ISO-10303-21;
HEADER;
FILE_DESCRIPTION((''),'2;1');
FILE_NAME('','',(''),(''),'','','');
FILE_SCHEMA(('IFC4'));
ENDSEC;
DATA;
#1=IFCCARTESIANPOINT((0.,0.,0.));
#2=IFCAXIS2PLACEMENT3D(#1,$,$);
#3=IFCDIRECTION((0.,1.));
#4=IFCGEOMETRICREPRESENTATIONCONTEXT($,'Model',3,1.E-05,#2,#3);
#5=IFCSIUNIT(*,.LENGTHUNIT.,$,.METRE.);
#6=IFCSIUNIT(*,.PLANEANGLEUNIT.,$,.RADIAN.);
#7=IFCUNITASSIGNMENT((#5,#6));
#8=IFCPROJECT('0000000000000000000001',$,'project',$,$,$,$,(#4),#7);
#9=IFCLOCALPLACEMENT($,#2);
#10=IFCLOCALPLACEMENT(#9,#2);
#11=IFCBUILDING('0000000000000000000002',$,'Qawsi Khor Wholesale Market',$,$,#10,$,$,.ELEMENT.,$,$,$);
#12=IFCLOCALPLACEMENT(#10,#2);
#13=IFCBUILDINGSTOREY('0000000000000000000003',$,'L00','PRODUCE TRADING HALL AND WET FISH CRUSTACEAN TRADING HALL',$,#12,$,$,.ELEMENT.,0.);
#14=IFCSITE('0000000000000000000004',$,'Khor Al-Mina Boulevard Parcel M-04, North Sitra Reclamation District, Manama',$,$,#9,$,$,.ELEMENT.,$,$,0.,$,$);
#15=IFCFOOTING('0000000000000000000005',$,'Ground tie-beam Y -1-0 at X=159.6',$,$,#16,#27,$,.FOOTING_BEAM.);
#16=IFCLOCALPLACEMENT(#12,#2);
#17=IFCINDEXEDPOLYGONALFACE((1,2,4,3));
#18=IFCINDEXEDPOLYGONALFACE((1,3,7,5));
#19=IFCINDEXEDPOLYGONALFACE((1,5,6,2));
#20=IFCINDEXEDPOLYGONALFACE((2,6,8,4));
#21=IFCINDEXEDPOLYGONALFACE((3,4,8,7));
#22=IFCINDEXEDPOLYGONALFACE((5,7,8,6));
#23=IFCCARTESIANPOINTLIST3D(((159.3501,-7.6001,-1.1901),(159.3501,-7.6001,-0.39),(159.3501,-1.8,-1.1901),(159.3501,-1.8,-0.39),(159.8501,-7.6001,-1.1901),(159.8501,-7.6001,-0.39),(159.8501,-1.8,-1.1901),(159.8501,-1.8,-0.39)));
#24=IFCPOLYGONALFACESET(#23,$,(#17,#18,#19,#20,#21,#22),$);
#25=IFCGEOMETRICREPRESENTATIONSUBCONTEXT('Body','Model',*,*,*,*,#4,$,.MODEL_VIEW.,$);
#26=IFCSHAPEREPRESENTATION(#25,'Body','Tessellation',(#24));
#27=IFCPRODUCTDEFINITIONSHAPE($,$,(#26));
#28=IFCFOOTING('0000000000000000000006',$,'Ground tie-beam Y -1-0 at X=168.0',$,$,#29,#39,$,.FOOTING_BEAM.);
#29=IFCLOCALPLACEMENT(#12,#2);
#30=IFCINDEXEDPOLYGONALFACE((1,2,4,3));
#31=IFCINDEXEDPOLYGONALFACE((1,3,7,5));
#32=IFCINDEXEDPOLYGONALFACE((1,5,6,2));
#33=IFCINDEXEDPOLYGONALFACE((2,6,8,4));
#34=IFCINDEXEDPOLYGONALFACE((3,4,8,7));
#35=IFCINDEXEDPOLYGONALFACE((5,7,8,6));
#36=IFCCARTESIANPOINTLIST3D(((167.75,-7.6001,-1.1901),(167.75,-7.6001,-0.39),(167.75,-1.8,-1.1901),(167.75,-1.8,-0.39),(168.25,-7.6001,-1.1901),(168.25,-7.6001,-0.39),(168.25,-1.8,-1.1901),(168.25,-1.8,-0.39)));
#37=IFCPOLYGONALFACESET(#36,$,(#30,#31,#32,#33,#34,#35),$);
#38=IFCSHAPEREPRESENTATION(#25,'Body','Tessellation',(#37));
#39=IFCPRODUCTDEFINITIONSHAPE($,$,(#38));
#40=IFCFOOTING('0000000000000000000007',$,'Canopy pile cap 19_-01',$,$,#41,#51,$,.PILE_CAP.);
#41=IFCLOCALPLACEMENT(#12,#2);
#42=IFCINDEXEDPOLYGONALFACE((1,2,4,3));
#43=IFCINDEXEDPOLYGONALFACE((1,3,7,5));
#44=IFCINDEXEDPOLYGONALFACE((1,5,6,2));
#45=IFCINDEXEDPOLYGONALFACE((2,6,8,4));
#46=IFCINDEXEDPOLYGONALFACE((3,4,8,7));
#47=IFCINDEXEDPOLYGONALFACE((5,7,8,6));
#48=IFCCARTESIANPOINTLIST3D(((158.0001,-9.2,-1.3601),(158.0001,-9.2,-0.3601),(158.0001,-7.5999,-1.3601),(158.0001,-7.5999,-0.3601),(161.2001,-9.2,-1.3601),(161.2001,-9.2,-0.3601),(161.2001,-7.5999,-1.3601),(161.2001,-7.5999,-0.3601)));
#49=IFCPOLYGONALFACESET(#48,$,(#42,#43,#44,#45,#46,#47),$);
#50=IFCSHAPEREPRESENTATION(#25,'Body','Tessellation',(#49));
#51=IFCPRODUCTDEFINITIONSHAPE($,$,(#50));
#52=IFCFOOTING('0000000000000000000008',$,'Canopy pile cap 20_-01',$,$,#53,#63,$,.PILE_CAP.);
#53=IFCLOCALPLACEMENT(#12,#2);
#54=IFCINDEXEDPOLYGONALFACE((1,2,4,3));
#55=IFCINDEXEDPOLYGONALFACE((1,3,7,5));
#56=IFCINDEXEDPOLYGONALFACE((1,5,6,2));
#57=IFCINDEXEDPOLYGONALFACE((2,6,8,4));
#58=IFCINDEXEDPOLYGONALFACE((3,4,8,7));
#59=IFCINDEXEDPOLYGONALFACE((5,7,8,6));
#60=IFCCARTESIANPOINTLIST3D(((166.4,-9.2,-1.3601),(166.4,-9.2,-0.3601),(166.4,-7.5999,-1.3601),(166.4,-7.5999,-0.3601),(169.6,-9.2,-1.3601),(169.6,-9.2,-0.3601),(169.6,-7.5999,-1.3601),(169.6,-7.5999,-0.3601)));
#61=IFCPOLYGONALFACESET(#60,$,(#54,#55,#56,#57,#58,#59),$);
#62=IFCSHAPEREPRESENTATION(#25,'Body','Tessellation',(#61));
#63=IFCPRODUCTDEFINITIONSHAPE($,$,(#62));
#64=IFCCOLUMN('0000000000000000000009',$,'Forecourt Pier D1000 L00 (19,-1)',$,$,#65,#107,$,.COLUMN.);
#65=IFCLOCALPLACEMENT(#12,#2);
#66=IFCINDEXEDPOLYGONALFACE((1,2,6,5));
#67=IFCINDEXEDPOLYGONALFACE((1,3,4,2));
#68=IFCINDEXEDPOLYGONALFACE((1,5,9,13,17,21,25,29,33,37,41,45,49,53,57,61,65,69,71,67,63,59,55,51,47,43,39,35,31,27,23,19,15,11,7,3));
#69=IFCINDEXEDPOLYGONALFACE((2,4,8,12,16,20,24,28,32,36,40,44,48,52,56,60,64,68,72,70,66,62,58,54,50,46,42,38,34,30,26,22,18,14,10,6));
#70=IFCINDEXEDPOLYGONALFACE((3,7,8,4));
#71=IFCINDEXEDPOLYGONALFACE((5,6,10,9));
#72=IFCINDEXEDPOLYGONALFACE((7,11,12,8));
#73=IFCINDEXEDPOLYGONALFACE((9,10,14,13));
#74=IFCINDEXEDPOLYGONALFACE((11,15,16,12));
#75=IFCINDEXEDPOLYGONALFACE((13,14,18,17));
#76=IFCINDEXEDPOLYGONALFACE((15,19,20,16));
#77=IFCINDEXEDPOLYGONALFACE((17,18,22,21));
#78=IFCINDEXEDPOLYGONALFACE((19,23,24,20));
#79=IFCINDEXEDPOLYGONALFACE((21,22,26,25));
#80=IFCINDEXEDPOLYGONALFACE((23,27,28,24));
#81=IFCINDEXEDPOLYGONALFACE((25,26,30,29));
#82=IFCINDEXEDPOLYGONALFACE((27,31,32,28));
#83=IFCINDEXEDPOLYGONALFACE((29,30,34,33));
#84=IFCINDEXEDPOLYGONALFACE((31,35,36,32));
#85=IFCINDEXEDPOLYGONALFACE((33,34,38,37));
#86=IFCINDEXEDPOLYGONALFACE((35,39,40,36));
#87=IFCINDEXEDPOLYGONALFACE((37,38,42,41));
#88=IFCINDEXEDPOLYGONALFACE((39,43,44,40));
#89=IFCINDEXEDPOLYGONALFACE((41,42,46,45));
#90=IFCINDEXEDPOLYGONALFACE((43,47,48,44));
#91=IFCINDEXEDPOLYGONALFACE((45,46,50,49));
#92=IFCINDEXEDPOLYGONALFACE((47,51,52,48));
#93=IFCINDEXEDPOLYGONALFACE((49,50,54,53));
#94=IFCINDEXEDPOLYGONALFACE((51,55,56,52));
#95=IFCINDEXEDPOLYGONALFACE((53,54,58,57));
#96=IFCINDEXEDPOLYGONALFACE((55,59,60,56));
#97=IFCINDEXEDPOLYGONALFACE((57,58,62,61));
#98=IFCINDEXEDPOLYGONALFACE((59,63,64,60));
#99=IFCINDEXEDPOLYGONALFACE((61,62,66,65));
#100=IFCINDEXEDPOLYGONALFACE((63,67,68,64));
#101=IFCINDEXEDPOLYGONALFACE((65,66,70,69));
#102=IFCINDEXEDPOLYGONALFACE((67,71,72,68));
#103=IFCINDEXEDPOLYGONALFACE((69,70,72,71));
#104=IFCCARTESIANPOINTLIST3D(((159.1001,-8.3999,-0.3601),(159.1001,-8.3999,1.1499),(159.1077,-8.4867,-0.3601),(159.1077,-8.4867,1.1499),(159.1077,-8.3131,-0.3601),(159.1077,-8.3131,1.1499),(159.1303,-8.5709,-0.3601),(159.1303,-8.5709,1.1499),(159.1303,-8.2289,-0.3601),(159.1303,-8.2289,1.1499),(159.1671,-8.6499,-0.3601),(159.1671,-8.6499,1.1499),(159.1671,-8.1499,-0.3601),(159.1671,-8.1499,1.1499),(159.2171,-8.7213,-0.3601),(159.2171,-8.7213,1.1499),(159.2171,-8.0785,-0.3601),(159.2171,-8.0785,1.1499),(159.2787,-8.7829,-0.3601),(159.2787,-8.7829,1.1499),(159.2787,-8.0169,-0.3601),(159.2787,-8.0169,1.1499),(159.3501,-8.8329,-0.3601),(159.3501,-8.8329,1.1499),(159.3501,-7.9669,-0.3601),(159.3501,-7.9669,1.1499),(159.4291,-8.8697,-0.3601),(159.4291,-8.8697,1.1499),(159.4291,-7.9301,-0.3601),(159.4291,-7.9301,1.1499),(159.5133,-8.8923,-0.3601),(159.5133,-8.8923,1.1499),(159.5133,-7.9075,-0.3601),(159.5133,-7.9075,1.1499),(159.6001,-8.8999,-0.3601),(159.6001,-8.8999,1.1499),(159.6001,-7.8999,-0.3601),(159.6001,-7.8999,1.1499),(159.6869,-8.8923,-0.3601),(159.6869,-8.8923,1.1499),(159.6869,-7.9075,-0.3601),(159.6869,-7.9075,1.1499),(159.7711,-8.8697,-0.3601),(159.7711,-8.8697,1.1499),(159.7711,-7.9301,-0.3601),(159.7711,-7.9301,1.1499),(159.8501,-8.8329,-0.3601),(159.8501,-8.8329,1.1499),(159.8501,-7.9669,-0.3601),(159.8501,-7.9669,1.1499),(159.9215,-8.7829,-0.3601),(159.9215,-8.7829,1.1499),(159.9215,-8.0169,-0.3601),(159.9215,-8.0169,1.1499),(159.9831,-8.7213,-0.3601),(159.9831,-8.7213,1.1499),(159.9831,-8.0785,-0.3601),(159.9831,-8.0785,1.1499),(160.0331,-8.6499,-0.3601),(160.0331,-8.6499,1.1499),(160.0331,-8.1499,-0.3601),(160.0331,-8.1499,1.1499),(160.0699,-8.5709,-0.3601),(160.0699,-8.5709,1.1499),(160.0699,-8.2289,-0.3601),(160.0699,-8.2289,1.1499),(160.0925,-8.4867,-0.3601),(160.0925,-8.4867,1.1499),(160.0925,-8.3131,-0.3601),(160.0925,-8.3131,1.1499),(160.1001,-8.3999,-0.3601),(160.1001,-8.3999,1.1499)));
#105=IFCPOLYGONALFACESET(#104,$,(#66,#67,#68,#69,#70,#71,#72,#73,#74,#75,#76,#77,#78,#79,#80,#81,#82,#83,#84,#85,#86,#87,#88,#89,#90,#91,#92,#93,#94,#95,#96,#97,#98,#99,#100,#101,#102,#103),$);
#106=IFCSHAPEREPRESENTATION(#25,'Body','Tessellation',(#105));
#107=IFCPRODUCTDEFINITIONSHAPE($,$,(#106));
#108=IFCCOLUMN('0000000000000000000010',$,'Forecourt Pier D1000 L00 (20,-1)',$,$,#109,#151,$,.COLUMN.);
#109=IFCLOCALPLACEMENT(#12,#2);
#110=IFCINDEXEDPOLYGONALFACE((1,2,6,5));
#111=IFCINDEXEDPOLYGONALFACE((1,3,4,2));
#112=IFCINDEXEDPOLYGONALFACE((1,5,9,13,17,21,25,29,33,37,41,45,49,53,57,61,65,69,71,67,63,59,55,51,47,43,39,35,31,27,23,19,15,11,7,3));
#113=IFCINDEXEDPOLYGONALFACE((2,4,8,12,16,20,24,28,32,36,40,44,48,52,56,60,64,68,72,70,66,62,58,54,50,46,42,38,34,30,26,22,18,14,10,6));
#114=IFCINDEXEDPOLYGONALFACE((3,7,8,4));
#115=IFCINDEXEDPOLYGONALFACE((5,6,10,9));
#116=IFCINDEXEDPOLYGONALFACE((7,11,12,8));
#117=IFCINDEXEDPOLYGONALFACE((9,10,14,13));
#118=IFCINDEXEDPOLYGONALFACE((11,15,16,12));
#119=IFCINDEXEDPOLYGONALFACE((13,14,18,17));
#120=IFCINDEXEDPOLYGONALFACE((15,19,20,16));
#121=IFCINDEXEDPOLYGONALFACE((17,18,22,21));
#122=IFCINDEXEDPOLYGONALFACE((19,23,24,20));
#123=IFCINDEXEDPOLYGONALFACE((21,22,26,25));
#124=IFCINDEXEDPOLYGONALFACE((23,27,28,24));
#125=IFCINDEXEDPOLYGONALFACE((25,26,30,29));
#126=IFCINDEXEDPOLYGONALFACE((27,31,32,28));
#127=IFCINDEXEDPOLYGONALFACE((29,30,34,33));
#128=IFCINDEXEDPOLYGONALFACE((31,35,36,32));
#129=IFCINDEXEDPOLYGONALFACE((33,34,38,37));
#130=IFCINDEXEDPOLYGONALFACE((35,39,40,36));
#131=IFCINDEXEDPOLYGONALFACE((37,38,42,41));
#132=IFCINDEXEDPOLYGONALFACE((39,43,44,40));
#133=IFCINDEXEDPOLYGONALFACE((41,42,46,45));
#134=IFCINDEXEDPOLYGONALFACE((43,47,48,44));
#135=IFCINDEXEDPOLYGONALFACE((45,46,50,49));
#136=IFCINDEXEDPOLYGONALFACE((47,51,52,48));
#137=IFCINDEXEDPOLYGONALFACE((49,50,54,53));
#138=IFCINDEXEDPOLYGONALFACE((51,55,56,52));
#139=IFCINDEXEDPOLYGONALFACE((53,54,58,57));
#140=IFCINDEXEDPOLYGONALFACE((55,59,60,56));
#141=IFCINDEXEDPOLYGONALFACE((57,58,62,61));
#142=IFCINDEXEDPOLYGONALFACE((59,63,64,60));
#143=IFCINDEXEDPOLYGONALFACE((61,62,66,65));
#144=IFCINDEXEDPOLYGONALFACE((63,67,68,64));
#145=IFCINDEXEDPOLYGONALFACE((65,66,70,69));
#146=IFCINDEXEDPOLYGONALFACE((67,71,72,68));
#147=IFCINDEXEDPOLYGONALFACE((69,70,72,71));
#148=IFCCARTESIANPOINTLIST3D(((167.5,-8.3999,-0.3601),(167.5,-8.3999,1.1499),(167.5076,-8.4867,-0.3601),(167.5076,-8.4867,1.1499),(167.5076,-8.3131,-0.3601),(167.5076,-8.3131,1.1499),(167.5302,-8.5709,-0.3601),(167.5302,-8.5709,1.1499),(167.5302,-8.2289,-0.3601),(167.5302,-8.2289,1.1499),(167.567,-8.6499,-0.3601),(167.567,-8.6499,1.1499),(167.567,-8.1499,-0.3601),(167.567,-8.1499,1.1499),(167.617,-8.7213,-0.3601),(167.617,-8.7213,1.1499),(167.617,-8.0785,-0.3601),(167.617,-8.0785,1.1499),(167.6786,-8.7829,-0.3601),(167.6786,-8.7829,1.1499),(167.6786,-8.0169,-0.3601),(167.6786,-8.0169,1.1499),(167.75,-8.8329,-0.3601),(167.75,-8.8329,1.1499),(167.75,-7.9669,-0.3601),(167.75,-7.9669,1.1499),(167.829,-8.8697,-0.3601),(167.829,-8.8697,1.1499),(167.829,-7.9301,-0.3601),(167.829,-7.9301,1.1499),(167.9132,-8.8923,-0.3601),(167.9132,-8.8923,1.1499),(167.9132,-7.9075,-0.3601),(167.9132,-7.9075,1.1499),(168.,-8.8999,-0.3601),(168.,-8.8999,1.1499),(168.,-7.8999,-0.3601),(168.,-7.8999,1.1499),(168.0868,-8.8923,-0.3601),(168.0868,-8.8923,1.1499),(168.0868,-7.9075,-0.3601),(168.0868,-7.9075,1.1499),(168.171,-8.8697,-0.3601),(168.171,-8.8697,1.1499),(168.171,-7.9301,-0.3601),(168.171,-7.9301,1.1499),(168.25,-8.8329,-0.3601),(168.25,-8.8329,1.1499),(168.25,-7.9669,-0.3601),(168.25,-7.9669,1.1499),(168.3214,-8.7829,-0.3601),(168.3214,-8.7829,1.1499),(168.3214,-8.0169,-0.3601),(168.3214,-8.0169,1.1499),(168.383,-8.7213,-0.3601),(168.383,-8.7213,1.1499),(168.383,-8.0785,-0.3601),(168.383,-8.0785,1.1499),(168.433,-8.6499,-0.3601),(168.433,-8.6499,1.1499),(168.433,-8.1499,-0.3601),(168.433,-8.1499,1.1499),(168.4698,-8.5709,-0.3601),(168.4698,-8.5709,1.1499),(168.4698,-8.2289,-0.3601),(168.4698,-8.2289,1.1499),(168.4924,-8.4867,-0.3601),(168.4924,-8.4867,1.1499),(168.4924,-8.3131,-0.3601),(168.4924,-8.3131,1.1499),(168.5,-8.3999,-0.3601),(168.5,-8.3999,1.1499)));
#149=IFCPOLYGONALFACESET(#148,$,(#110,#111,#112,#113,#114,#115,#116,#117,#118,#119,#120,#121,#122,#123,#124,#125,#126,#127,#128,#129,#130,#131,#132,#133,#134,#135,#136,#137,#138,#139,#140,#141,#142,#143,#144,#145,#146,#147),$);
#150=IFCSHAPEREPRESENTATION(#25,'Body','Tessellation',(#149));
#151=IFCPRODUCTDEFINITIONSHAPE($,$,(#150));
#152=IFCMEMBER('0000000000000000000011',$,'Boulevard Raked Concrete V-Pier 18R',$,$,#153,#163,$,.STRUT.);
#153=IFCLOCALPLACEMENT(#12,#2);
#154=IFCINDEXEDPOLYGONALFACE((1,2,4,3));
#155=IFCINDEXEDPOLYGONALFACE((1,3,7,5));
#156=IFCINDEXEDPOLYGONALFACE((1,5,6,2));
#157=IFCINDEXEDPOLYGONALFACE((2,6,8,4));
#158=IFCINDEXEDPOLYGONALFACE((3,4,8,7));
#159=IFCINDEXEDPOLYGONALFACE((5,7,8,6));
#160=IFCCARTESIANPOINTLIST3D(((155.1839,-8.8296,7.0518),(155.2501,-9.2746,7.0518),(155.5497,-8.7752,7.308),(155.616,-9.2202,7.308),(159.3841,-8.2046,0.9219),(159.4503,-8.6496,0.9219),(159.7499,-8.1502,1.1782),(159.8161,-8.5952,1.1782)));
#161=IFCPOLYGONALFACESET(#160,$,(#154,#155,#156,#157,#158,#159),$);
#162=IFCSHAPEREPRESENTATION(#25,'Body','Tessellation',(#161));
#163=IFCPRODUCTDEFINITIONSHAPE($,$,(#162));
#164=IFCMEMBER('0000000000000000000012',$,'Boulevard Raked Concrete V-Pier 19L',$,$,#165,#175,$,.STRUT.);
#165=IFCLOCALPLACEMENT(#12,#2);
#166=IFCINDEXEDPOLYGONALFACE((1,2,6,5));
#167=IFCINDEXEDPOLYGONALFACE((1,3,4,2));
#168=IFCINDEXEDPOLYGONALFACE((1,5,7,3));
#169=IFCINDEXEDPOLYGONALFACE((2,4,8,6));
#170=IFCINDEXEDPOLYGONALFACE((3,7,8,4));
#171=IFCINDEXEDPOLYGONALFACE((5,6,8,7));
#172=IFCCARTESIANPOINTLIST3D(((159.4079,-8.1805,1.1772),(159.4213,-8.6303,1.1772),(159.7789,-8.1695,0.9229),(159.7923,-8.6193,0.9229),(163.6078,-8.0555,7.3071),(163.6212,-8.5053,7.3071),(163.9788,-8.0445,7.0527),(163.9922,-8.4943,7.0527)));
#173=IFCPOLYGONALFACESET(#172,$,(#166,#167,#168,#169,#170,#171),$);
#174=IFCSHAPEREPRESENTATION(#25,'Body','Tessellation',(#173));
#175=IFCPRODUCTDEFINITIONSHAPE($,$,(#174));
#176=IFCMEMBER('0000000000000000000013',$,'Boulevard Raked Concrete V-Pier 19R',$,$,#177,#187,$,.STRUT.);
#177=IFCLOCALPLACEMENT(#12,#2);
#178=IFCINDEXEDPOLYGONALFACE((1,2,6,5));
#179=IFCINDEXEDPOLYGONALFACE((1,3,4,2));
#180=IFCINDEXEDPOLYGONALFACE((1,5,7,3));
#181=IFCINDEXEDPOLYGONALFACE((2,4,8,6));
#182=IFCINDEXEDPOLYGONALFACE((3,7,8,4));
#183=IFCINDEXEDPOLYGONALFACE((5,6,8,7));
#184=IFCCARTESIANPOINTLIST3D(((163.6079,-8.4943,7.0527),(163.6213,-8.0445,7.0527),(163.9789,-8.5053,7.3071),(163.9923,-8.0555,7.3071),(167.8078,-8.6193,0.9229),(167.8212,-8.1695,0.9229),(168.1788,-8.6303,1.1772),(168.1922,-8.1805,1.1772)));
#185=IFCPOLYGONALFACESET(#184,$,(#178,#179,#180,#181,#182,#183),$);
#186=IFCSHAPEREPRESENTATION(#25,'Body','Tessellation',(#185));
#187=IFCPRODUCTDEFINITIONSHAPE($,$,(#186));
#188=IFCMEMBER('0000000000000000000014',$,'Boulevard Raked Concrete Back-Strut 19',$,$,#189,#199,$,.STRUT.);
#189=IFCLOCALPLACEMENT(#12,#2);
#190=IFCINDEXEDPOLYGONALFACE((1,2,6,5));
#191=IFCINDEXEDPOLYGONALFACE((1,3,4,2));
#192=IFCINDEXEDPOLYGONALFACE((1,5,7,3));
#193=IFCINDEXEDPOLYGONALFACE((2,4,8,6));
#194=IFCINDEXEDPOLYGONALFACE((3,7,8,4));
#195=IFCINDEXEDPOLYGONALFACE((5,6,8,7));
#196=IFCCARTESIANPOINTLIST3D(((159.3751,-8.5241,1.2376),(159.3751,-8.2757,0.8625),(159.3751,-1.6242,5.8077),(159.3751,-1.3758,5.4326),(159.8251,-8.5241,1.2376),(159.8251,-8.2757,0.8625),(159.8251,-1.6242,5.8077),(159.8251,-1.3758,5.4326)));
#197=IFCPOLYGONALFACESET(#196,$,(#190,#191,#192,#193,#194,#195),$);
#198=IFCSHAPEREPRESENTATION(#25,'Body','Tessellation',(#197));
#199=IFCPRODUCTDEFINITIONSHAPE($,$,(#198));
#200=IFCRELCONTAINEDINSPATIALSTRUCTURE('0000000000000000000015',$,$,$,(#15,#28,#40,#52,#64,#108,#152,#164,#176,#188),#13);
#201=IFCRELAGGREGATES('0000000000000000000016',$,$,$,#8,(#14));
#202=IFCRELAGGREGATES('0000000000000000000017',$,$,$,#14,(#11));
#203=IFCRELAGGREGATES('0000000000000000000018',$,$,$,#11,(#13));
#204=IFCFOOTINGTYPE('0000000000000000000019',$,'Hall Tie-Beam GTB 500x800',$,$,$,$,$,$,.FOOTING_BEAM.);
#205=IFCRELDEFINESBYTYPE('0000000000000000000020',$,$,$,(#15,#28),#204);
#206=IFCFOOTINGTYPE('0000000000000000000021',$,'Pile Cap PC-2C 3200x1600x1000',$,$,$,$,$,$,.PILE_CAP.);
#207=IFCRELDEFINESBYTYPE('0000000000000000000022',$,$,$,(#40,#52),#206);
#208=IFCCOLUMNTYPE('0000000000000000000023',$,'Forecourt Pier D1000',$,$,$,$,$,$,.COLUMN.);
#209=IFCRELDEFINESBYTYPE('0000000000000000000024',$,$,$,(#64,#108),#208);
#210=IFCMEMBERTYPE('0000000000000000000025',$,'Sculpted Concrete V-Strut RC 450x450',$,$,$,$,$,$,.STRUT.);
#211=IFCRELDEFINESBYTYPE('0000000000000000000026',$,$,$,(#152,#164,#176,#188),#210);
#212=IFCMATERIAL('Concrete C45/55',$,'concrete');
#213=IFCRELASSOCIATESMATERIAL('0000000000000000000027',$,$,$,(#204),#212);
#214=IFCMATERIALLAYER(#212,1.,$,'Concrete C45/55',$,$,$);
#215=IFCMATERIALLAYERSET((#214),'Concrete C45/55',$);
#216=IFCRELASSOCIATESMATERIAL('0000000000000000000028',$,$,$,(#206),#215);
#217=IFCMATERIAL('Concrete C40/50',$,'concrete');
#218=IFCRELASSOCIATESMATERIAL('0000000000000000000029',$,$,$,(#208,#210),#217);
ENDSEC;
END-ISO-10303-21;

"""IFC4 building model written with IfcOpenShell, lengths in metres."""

from ifc_helpers import new_model, si_unit, direction, frame, origin, origin_2d, place, context, subcontext, project, spatial, rectangle, circle, extrude, material, layer, layer_set, material_profile, profile_set, type_object, element, save


model = new_model("IFC4")

# Units and contexts
model_context = context("Model", 3, precision=1e-05, world=origin(), true_north=direction((0.0, 1.0)))
body_context = subcontext(model_context, "Body", "Model", "MODEL_VIEW")
ifc_project = project(units=[si_unit("LENGTHUNIT", "METRE"), si_unit("PLANEANGLEUNIT", "RADIAN")], contexts=[model_context])

# Site, building, storey
site_placement = place(None, origin())
site = spatial("IfcSite", under=ifc_project, at=site_placement, Name="Khor Al-Mina Boulevard Parcel M-04, North Sitra Reclamation District, Manama", CompositionType="ELEMENT", RefElevation=0.0)
building_placement = place(site_placement, origin())
building = spatial("IfcBuilding", under=site, at=building_placement, Name="Qawsi Khor Wholesale Market", CompositionType="ELEMENT")
storey_placement = place(building_placement, origin())
storey = spatial("IfcBuildingStorey", under=building, at=storey_placement, Name="L00", Description="PRODUCE TRADING HALL AND WET FISH CRUSTACEAN TRADING HALL", CompositionType="ELEMENT", Elevation=0.0)

# Shared definitions
ifc_material_1 = material(Name="Concrete C45/55", Category="concrete")

# Footings
ifc_material_profile_1 = material_profile(ifc_material_1, rectangle(XDim=0.5, YDim=0.8, at=origin_2d()), Name="RC 500x800")
ifc_profile_set_1 = profile_set([ifc_material_profile_1], Name="Concrete C45/55")
footing_type_1 = type_object("IfcFootingType", Name="Hall Tie-Beam GTB 500x800", PredefinedType="FOOTING_BEAM", material=ifc_profile_set_1)
for number, where, z_axis, x_axis, name in (
    (1, (159.6001, -7.6001, -0.79), (0.0, 1.0, 0.0), (-1.0, 0.0, 0.0), "Ground tie-beam Y -1-0 at X=159.6"),
    (2, (168.0, -7.6001, -0.79), (0.0, 1.0, 0.0), (-1.0, 0.0, 0.0), "Ground tie-beam Y -1-0 at X=168.0"),
):
    element("IfcFooting", number, at=place(storey_placement, frame(where, z_axis=z_axis, x_axis=x_axis)), inside=storey, type_object=footing_type_1, Name=name, PredefinedType="FOOTING_BEAM", context=body_context, shape_type="SweptSolid", body=[
        extrude(rectangle(XDim=0.5, YDim=0.8, at=origin_2d()), origin(), (0.0, 0.0, 1.0), 5.8),
    ])
ifc_layer_1 = layer(ifc_material_1, 1.0, Name="Concrete C45/55")
ifc_layer_set_1 = layer_set([ifc_layer_1], Name="Concrete C45/55")
footing_type_2 = type_object("IfcFootingType", Name="Pile Cap PC-2C 3200x1600x1000", PredefinedType="PILE_CAP", material=ifc_layer_set_1)
for number, where, z_axis, x_axis, name in (
    (3, (159.6001, -8.3999, -1.3601), (0.0, 0.0, 1.0), (1.0, 0.0, 0.0), "Canopy pile cap 19_-01"),
    (4, (168.0, -8.3999, -1.3601), (0.0, 0.0, 1.0), (1.0, 0.0, 0.0), "Canopy pile cap 20_-01"),
):
    element("IfcFooting", number, at=place(storey_placement, frame(where, z_axis=z_axis, x_axis=x_axis)), inside=storey, type_object=footing_type_2, Name=name, PredefinedType="PILE_CAP", context=body_context, shape_type="SweptSolid", body=[
        extrude(rectangle(XDim=3.2, YDim=1.6001, at=origin_2d()), origin(), (0.0, 0.0, 1.0), 1.0),
    ])

# Columns
ifc_material_2 = material(Name="Concrete C40/50", Category="concrete")
ifc_material_profile_2 = material_profile(ifc_material_2, circle(Radius=0.5, at=origin_2d()), Name="RC COL D1000")
ifc_profile_set_2 = profile_set([ifc_material_profile_2], Name="Concrete C40/50")
column_type = type_object("IfcColumnType", Name="Forecourt Pier D1000", PredefinedType="COLUMN", material=ifc_profile_set_2)
for number, where, z_axis, x_axis, name in (
    (5, (159.6001, -8.3999, -0.3601), (0.0, 0.0, 1.0), (1.0, 0.0, 0.0), "Forecourt Pier D1000 L00 (19,-1)"),
    (6, (168.0, -8.3999, -0.3601), (0.0, 0.0, 1.0), (1.0, 0.0, 0.0), "Forecourt Pier D1000 L00 (20,-1)"),
):
    element("IfcColumn", number, at=place(storey_placement, frame(where, z_axis=z_axis, x_axis=x_axis)), inside=storey, type_object=column_type, Name=name, PredefinedType="COLUMN", context=body_context, shape_type="SweptSolid", body=[
        extrude(circle(Radius=0.5, at=origin_2d()), origin(), (0.0, 0.0, 1.0), 1.51),
    ])

# Members
ifc_material_profile_3 = material_profile(ifc_material_2, rectangle(XDim=0.45, YDim=0.45, at=origin_2d()), Name="RC 450x450")
ifc_profile_set_3 = profile_set([ifc_material_profile_3], Name="Concrete C40/50")
member_type = type_object("IfcMemberType", Name="Sculpted Concrete V-Strut RC 450x450", PredefinedType="STRUT", material=ifc_profile_set_3)
member_1_placement = place(storey_placement, frame((159.6001, -8.3999, 1.05), z_axis=(-0.563251, -0.083813, 0.822024), x_axis=(0.147182, -0.989109, 0.0)))
element("IfcMember", 7, at=member_1_placement, inside=storey, type_object=member_type, Name="Boulevard Raked Concrete V-Pier 18R", PredefinedType="STRUT", context=body_context, shape_type="SweptSolid", body=[
    extrude(rectangle(XDim=0.45, YDim=0.45, at=origin_2d()), origin(), (0.0, 0.0, 1.0), 7.457),
])
for number, where, z_axis, x_axis, name in (
    (8, (159.6001, -8.3999, 1.05), (0.565137, 0.01682, 0.824825), (-0.029749, 0.999557, 0.0), "Boulevard Raked Concrete V-Pier 19L"),
    (9, (168.0, -8.3999, 1.05), (-0.565137, 0.01682, 0.824825), (-0.029749, -0.999557, 0.0), "Boulevard Raked Concrete V-Pier 19R"),
):
    element("IfcMember", number, at=place(storey_placement, frame(where, z_axis=z_axis, x_axis=x_axis)), inside=storey, type_object=member_type, Name=name, PredefinedType="STRUT", context=body_context, shape_type="SweptSolid", body=[
        extrude(rectangle(XDim=0.45, YDim=0.45, at=origin_2d()), origin(), (0.0, 0.0, 1.0), 7.4316),
    ])
member_2_placement = place(storey_placement, frame((159.6001, -8.3999, 1.05), z_axis=(0.0, 0.833712, 0.552199), x_axis=(-1.0, 0.0, 0.0)))
element("IfcMember", 10, at=member_2_placement, inside=storey, type_object=member_type, Name="Boulevard Raked Concrete Back-Strut 19", PredefinedType="STRUT", context=body_context, shape_type="SweptSolid", body=[
    extrude(rectangle(XDim=0.45, YDim=0.45, at=origin_2d()), origin(), (0.0, 0.0, 1.0), 8.2761),
])

save(model, "model.ifc")
